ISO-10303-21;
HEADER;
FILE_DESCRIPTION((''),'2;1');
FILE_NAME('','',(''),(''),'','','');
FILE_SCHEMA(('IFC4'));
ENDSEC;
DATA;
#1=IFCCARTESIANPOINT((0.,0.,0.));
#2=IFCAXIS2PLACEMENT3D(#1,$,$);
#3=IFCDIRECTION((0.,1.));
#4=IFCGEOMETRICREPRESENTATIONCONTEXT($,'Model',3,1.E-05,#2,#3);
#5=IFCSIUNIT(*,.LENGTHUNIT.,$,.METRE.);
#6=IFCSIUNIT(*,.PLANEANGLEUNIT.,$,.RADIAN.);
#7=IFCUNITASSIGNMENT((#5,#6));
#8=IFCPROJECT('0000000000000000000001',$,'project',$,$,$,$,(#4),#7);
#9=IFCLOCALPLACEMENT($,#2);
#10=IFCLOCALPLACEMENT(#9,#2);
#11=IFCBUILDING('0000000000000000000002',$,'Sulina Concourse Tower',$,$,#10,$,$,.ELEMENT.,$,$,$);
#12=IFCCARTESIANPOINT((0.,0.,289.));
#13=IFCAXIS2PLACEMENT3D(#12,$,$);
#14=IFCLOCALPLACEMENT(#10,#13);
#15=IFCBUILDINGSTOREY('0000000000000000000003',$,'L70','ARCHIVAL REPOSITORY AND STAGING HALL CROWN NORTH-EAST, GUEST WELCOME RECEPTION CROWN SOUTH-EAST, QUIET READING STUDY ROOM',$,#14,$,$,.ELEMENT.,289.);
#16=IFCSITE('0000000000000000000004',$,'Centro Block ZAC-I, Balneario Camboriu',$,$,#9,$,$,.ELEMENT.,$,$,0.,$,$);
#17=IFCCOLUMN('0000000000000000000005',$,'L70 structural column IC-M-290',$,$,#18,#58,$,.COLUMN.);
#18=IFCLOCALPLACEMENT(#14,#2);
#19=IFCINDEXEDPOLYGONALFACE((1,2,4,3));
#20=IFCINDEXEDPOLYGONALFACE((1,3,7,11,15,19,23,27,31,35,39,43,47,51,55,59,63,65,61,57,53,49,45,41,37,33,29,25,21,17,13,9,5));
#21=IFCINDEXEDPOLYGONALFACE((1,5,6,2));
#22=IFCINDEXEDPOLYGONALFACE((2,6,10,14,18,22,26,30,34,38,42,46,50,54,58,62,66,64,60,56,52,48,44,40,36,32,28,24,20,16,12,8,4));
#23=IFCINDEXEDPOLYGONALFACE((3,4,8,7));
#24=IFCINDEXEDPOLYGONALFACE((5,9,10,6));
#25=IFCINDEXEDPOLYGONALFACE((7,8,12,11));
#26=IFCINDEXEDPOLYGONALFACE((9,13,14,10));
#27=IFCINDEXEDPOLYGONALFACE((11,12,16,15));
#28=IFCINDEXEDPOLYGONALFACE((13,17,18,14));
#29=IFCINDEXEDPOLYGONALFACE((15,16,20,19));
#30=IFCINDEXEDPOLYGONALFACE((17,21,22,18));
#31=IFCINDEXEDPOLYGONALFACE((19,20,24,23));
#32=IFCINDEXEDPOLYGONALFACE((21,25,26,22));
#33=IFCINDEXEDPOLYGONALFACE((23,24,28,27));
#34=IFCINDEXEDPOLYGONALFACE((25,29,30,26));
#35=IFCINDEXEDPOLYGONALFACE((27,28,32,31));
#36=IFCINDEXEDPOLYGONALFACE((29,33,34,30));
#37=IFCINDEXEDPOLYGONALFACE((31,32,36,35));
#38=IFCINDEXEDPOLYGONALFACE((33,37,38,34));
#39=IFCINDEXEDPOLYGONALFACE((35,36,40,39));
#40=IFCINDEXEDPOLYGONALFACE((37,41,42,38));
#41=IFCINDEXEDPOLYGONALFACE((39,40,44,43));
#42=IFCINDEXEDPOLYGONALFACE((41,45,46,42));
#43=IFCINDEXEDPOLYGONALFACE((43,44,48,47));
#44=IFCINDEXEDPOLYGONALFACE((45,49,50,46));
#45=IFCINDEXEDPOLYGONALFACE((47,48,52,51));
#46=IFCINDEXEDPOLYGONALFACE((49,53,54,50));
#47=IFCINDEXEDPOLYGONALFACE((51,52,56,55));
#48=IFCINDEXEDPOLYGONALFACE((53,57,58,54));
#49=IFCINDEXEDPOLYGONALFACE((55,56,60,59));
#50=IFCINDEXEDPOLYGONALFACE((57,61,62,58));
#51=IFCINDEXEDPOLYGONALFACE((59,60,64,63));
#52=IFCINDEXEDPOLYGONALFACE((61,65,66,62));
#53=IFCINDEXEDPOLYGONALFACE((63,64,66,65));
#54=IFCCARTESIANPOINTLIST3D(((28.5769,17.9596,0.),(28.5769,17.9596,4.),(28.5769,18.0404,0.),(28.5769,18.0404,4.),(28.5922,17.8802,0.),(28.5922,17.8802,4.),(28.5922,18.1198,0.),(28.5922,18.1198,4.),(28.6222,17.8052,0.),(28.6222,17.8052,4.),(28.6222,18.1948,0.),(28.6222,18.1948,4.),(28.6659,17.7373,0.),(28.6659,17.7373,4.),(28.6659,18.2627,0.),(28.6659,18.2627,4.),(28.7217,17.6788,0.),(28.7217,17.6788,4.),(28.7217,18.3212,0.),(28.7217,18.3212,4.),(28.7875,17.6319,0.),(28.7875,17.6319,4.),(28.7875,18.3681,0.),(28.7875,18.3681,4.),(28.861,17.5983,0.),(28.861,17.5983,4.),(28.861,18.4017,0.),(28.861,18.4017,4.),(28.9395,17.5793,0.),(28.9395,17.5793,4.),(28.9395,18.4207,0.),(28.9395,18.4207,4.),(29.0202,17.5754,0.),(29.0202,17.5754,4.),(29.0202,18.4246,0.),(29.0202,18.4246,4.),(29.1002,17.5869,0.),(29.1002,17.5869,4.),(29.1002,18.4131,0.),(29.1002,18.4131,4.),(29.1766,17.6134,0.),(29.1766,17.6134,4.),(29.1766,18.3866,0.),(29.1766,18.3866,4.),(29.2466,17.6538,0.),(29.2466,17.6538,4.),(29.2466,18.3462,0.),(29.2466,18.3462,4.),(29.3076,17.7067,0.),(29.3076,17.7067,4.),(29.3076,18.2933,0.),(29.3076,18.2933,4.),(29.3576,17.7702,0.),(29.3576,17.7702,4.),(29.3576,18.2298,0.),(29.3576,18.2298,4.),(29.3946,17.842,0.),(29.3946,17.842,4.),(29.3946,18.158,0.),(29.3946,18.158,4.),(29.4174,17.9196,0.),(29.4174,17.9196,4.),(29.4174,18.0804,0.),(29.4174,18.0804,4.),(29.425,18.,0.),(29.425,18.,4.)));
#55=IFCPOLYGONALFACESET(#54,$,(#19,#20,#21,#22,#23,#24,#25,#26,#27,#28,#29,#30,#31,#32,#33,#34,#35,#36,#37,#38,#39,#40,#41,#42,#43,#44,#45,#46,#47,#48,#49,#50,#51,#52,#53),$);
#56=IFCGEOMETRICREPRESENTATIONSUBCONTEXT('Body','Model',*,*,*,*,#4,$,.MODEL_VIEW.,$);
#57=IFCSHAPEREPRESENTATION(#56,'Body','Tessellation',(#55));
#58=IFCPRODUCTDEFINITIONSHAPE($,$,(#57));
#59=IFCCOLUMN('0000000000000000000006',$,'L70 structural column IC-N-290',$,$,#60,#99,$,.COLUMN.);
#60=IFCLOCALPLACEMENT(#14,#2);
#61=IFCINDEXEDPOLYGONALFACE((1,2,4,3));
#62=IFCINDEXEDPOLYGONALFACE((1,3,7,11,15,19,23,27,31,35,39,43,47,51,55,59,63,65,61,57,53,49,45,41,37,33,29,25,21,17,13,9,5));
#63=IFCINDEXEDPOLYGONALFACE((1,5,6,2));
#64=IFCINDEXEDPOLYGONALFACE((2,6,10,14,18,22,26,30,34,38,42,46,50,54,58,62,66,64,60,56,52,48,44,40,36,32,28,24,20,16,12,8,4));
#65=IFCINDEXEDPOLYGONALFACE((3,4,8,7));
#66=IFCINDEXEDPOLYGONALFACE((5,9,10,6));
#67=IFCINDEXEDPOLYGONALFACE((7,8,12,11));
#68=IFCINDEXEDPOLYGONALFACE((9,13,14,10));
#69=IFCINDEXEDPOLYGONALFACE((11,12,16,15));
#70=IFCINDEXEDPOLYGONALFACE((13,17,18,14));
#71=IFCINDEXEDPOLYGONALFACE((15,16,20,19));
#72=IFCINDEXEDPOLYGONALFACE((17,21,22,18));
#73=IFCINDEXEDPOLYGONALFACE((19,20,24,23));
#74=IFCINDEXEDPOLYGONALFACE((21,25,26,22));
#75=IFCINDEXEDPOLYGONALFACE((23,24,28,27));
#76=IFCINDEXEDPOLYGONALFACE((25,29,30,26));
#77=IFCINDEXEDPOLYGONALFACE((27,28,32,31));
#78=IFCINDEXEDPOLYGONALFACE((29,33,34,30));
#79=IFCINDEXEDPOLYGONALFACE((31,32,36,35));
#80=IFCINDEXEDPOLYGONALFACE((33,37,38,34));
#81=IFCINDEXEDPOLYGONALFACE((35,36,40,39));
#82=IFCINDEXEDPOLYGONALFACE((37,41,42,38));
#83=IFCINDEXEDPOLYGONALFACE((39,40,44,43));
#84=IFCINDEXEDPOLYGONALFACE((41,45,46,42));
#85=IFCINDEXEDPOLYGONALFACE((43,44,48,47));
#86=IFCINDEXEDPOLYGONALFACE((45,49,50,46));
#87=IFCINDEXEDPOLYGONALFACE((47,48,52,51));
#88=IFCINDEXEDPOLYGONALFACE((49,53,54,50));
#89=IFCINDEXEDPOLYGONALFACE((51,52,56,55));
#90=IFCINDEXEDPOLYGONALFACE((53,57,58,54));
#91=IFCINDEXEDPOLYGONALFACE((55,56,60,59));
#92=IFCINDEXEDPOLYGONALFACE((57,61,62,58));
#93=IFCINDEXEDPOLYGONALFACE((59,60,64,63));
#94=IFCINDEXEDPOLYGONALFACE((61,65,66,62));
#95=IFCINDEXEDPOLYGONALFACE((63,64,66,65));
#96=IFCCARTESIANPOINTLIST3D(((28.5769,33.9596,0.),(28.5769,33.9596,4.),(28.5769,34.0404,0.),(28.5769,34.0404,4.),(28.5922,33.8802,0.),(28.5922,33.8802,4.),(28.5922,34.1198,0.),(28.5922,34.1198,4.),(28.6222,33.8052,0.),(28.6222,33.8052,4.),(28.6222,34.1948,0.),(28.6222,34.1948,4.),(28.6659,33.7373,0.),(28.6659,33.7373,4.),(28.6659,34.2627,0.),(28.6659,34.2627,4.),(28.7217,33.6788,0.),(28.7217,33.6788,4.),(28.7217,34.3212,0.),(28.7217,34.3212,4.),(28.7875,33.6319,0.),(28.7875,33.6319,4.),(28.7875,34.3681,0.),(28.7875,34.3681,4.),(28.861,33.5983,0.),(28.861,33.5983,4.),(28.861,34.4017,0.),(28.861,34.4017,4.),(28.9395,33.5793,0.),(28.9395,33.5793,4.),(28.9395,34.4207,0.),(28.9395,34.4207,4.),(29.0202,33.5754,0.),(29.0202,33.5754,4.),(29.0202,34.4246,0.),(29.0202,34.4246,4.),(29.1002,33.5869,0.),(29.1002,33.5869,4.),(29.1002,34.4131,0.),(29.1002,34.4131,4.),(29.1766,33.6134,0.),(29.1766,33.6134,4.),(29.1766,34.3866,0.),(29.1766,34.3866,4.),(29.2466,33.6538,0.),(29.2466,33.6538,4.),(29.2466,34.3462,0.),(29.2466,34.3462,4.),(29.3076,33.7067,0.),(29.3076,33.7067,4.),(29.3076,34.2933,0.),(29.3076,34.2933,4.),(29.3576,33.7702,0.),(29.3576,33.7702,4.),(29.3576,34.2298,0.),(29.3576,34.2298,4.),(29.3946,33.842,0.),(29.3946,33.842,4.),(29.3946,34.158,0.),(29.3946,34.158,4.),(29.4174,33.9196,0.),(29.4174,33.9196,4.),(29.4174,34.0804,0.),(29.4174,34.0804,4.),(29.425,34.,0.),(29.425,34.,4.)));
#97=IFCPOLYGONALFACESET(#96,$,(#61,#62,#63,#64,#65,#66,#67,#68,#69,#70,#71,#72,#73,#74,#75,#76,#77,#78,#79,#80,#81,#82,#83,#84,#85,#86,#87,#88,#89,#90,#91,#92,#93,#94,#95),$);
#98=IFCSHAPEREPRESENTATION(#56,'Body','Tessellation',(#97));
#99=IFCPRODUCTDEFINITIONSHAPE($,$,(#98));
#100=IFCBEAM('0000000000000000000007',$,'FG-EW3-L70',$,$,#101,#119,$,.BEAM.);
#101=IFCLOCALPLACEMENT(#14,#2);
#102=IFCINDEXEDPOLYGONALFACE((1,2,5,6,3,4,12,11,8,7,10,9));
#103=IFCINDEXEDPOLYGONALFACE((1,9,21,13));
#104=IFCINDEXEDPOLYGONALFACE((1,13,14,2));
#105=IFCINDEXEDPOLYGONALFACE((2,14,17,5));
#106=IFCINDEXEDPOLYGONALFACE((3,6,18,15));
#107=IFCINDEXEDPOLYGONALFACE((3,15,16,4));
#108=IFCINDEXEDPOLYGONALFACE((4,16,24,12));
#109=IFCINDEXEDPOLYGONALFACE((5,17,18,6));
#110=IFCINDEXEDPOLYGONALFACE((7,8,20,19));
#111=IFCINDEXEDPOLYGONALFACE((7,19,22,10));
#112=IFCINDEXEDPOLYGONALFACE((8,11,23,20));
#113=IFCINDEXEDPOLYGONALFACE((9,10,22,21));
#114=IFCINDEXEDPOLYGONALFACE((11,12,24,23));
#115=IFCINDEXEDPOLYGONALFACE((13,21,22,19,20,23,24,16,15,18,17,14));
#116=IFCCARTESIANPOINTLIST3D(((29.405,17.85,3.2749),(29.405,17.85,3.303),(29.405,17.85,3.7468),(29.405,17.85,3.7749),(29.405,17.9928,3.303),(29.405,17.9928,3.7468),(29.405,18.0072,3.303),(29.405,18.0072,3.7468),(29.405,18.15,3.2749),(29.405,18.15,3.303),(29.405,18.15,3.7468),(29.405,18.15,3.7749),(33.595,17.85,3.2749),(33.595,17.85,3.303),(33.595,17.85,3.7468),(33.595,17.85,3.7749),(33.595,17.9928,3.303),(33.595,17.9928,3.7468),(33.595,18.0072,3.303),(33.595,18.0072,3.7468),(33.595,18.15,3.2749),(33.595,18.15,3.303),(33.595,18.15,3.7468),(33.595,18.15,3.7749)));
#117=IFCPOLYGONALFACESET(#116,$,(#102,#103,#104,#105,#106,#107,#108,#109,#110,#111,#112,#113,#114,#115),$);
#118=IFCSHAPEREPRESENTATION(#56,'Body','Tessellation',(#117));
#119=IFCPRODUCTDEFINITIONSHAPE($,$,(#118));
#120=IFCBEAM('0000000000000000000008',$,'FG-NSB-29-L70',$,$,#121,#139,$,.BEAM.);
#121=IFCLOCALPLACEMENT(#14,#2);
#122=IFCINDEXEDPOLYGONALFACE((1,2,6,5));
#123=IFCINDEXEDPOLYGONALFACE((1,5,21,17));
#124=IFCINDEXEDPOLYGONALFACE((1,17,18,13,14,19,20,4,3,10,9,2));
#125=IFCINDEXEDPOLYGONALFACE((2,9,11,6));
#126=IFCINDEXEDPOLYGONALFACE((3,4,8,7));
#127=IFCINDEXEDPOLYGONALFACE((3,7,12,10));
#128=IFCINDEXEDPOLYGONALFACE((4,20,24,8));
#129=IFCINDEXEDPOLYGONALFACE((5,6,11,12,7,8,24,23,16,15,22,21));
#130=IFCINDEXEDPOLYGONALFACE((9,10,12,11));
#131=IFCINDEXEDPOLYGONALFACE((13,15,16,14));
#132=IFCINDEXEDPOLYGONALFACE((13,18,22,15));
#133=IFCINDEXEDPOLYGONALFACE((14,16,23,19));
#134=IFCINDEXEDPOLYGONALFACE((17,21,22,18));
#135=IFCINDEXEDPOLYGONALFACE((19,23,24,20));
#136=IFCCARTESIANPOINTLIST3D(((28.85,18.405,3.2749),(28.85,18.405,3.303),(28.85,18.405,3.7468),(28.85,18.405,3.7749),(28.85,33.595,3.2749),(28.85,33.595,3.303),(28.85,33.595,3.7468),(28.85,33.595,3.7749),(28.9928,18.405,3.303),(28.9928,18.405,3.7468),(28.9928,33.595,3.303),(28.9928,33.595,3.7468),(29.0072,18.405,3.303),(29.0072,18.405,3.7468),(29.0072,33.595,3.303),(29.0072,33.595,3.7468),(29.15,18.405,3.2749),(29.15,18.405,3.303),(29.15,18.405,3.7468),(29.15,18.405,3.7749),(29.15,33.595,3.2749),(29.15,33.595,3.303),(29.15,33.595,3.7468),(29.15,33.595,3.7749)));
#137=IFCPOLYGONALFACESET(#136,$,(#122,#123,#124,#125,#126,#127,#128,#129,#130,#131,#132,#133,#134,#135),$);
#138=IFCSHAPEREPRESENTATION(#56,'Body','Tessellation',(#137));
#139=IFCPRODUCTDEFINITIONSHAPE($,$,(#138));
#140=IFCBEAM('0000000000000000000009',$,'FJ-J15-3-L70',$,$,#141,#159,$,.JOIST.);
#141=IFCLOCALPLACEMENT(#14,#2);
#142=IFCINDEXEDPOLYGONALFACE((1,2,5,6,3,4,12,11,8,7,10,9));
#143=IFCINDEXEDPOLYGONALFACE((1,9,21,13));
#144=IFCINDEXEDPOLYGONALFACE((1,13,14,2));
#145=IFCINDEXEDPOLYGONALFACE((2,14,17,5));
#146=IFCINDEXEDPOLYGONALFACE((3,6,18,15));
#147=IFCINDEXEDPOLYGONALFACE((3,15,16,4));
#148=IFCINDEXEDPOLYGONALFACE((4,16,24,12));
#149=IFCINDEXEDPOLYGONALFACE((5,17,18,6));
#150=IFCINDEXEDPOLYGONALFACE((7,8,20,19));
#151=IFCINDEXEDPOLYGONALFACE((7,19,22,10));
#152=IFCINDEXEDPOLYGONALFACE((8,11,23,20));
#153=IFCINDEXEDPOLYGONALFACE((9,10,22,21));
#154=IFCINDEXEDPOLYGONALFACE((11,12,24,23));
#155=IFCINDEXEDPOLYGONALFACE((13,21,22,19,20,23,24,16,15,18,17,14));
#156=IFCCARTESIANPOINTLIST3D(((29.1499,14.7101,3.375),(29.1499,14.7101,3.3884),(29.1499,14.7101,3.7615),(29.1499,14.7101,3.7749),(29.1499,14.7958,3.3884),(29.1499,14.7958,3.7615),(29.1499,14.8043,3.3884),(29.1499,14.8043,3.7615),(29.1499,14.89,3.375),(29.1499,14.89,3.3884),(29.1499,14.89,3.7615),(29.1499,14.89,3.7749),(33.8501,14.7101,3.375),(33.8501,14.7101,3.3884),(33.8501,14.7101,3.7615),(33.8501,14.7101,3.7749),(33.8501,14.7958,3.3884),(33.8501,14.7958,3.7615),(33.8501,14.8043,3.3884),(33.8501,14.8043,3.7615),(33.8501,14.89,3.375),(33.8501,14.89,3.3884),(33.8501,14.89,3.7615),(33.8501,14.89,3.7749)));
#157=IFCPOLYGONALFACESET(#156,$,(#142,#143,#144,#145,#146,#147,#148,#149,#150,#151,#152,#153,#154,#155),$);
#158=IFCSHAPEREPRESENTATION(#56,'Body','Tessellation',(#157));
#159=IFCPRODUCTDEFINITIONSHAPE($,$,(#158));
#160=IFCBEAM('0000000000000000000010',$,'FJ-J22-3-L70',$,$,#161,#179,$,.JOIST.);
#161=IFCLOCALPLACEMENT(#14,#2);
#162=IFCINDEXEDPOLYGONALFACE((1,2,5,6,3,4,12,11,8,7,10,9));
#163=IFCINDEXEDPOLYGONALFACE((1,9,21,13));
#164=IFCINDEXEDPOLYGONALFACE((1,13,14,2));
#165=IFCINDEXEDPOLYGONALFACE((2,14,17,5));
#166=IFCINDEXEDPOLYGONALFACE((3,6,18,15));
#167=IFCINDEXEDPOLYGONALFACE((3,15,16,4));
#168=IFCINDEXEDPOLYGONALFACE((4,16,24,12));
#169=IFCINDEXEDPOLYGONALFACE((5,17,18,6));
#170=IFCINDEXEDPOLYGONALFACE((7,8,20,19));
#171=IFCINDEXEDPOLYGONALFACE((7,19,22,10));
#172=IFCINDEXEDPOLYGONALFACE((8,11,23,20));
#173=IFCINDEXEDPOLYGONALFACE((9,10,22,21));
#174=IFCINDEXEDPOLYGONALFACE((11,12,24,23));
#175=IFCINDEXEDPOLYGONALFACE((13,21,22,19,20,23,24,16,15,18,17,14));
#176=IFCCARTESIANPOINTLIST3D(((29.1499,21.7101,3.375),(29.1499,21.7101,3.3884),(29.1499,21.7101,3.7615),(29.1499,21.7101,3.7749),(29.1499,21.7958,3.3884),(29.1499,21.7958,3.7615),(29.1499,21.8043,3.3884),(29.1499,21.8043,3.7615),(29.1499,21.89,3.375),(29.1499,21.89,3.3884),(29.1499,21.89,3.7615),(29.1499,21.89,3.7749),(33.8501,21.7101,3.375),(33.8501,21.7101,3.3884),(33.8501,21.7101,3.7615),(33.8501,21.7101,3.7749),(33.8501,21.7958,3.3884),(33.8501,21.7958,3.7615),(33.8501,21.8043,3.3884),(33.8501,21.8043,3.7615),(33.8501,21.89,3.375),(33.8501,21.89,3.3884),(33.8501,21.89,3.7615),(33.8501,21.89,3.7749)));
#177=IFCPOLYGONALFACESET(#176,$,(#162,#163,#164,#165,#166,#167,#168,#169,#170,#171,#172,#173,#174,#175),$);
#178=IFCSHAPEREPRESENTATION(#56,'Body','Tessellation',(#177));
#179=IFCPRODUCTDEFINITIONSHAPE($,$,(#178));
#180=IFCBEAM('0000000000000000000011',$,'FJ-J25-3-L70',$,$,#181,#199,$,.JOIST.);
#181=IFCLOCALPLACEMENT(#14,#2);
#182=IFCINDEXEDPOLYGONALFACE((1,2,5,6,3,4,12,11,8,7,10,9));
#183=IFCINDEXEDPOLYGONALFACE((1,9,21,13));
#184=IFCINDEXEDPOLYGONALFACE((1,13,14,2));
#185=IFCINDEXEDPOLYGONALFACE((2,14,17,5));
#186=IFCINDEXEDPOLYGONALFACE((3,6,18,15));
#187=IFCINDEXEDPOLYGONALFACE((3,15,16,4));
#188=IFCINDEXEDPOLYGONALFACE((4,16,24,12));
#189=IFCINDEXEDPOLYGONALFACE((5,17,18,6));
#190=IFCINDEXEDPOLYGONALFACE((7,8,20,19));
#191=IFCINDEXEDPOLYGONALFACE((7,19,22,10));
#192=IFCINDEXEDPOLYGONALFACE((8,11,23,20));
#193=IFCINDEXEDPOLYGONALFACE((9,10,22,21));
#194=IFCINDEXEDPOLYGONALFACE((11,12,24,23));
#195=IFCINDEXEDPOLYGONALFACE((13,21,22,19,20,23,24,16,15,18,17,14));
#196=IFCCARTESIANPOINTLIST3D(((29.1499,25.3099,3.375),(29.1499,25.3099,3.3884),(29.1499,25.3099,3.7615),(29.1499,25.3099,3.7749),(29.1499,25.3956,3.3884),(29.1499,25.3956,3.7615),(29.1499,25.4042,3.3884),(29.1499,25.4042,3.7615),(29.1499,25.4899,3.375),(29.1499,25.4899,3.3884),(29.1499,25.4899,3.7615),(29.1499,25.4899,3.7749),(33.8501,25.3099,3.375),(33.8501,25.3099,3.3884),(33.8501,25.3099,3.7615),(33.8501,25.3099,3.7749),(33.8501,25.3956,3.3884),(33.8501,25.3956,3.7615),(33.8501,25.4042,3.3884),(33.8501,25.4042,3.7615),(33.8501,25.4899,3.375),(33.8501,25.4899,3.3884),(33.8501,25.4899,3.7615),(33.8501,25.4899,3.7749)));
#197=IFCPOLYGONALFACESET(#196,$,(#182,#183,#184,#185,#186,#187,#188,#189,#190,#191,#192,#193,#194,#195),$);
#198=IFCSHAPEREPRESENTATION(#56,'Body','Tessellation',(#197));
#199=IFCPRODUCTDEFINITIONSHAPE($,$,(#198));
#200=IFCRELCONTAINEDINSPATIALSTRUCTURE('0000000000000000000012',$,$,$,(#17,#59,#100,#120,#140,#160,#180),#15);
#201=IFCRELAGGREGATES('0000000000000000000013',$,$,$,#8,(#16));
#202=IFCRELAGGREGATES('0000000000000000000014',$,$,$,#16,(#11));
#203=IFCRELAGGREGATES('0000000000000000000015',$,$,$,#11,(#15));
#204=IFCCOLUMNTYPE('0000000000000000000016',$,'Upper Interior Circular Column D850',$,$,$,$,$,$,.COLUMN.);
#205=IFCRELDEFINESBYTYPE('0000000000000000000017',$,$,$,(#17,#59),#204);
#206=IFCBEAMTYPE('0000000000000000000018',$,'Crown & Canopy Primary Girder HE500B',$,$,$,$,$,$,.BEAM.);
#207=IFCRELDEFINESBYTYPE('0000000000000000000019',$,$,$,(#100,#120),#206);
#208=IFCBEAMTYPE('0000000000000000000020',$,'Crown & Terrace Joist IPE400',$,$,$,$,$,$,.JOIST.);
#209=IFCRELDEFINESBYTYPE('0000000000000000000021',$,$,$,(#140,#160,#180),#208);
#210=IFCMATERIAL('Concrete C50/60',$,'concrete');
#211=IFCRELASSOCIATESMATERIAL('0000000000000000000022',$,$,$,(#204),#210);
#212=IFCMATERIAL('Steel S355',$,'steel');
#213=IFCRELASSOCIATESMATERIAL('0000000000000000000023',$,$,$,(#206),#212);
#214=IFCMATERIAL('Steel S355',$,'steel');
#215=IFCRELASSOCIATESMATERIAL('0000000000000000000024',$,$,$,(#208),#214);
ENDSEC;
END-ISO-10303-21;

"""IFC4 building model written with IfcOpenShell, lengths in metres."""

from ifc_helpers import new_model, si_unit, direction, frame, origin, origin_2d, place, context, subcontext, project, spatial, circle, i_section, extrude, material, material_profile, profile_set, type_object, element, save


model = new_model("IFC4")

# Units and contexts
model_context = context("Model", 3, precision=1e-05, world=origin(), true_north=direction((0.0, 1.0)))
body_context = subcontext(model_context, "Body", "Model", "MODEL_VIEW")
ifc_project = project(units=[si_unit("LENGTHUNIT", "METRE"), si_unit("PLANEANGLEUNIT", "RADIAN")], contexts=[model_context])

# Site, building, storey
site_placement = place(None, origin())
site = spatial("IfcSite", under=ifc_project, at=site_placement, Name="Centro Block ZAC-I, Balneario Camboriu", CompositionType="ELEMENT", RefElevation=0.0)
building_placement = place(site_placement, origin())
building = spatial("IfcBuilding", under=site, at=building_placement, Name="Sulina Concourse Tower", CompositionType="ELEMENT")
storey_placement = place(building_placement, frame((0.0, 0.0, 289.0)))
storey = spatial("IfcBuildingStorey", under=building, at=storey_placement, Name="L70", Description="ARCHIVAL REPOSITORY AND STAGING HALL CROWN NORTH-EAST, GUEST WELCOME RECEPTION CROWN SOUTH-EAST, QUIET READING STUDY ROOM", CompositionType="ELEMENT", Elevation=289.0)

# Columns
ifc_material_1 = material(Name="Concrete C50/60", Category="concrete")
ifc_material_profile_1 = material_profile(ifc_material_1, circle(Radius=0.425, at=origin_2d()), Name="RC D850")
ifc_profile_set_1 = profile_set([ifc_material_profile_1], Name="Concrete C50/60")
column_type = type_object("IfcColumnType", Name="Upper Interior Circular Column D850", PredefinedType="COLUMN", material=ifc_profile_set_1)
for number, where, z_axis, x_axis, name in (
    (1, (29.0, 18.0, 0.0), (0.0, 0.0, 1.0), (1.0, 0.0, 0.0), "L70 structural column IC-M-290"),
    (2, (29.0, 34.0, 0.0), (0.0, 0.0, 1.0), (1.0, 0.0, 0.0), "L70 structural column IC-N-290"),
):
    element("IfcColumn", number, at=place(storey_placement, frame(where, z_axis=z_axis, x_axis=x_axis)), inside=storey, type_object=column_type, Name=name, PredefinedType="COLUMN", context=body_context, shape_type="SweptSolid", body=[
        extrude(circle(Radius=0.425, at=origin_2d()), origin(), (0.0, 0.0, 1.0), 4.0),
    ])

# Beams
ifc_material_2 = material(Name="Steel S355", Category="steel")
ifc_material_profile_2 = material_profile(ifc_material_2, i_section(OverallWidth=0.3, OverallDepth=0.5, WebThickness=0.0144, FlangeThickness=0.0281, at=origin_2d()), Name="HE 500 B")
ifc_profile_set_2 = profile_set([ifc_material_profile_2], Name="Steel S355")
beam_type_1 = type_object("IfcBeamType", Name="Crown & Canopy Primary Girder HE500B", PredefinedType="BEAM", material=ifc_profile_set_2)
beam_1_placement = place(storey_placement, frame((29.405, 18.0, 3.5249), z_axis=(1.0, 0.0, 0.0), x_axis=(0.0, 1.0, 0.0)))
element("IfcBeam", 3, at=beam_1_placement, inside=storey, type_object=beam_type_1, Name="FG-EW3-L70", PredefinedType="BEAM", context=body_context, shape_type="SweptSolid", body=[
    extrude(i_section(OverallWidth=0.3, OverallDepth=0.5, WebThickness=0.0144, FlangeThickness=0.0281, at=origin_2d()), origin(), (0.0, 0.0, 1.0), 4.1899),
])
beam_2_placement = place(storey_placement, frame((29.0, 18.405, 3.5249), z_axis=(0.0, 1.0, 0.0), x_axis=(-1.0, 0.0, 0.0)))
element("IfcBeam", 4, at=beam_2_placement, inside=storey, type_object=beam_type_1, Name="FG-NSB-29-L70", PredefinedType="BEAM", context=body_context, shape_type="SweptSolid", body=[
    extrude(i_section(OverallWidth=0.3, OverallDepth=0.5, WebThickness=0.0144, FlangeThickness=0.0281, at=origin_2d()), origin(), (0.0, 0.0, 1.0), 15.1899),
])
ifc_material_3 = material(Name="Steel S355", Category="steel")
ifc_material_profile_3 = material_profile(ifc_material_3, i_section(OverallWidth=0.1799, OverallDepth=0.3999, WebThickness=0.0085, FlangeThickness=0.0134, at=origin_2d()), Name="IPE 400")
ifc_profile_set_3 = profile_set([ifc_material_profile_3], Name="Steel S355")
beam_type_2 = type_object("IfcBeamType", Name="Crown & Terrace Joist IPE400", PredefinedType="JOIST", material=ifc_profile_set_3)
for number, where, z_axis, x_axis, name in (
    (5, (29.1499, 14.8, 3.575), (1.0, 0.0, 0.0), (0.0, 1.0, 0.0), "FJ-J15-3-L70"),
    (6, (29.1499, 21.8, 3.575), (1.0, 0.0, 0.0), (0.0, 1.0, 0.0), "FJ-J22-3-L70"),
    (7, (29.1499, 25.3999, 3.575), (1.0, 0.0, 0.0), (0.0, 1.0, 0.0), "FJ-J25-3-L70"),
):
    element("IfcBeam", number, at=place(storey_placement, frame(where, z_axis=z_axis, x_axis=x_axis)), inside=storey, type_object=beam_type_2, Name=name, PredefinedType="JOIST", context=body_context, shape_type="SweptSolid", body=[
        extrude(i_section(OverallWidth=0.1799, OverallDepth=0.3999, WebThickness=0.0085, FlangeThickness=0.0134, at=origin_2d()), origin(), (0.0, 0.0, 1.0), 4.7002),
    ])

save(model, "model.ifc")
